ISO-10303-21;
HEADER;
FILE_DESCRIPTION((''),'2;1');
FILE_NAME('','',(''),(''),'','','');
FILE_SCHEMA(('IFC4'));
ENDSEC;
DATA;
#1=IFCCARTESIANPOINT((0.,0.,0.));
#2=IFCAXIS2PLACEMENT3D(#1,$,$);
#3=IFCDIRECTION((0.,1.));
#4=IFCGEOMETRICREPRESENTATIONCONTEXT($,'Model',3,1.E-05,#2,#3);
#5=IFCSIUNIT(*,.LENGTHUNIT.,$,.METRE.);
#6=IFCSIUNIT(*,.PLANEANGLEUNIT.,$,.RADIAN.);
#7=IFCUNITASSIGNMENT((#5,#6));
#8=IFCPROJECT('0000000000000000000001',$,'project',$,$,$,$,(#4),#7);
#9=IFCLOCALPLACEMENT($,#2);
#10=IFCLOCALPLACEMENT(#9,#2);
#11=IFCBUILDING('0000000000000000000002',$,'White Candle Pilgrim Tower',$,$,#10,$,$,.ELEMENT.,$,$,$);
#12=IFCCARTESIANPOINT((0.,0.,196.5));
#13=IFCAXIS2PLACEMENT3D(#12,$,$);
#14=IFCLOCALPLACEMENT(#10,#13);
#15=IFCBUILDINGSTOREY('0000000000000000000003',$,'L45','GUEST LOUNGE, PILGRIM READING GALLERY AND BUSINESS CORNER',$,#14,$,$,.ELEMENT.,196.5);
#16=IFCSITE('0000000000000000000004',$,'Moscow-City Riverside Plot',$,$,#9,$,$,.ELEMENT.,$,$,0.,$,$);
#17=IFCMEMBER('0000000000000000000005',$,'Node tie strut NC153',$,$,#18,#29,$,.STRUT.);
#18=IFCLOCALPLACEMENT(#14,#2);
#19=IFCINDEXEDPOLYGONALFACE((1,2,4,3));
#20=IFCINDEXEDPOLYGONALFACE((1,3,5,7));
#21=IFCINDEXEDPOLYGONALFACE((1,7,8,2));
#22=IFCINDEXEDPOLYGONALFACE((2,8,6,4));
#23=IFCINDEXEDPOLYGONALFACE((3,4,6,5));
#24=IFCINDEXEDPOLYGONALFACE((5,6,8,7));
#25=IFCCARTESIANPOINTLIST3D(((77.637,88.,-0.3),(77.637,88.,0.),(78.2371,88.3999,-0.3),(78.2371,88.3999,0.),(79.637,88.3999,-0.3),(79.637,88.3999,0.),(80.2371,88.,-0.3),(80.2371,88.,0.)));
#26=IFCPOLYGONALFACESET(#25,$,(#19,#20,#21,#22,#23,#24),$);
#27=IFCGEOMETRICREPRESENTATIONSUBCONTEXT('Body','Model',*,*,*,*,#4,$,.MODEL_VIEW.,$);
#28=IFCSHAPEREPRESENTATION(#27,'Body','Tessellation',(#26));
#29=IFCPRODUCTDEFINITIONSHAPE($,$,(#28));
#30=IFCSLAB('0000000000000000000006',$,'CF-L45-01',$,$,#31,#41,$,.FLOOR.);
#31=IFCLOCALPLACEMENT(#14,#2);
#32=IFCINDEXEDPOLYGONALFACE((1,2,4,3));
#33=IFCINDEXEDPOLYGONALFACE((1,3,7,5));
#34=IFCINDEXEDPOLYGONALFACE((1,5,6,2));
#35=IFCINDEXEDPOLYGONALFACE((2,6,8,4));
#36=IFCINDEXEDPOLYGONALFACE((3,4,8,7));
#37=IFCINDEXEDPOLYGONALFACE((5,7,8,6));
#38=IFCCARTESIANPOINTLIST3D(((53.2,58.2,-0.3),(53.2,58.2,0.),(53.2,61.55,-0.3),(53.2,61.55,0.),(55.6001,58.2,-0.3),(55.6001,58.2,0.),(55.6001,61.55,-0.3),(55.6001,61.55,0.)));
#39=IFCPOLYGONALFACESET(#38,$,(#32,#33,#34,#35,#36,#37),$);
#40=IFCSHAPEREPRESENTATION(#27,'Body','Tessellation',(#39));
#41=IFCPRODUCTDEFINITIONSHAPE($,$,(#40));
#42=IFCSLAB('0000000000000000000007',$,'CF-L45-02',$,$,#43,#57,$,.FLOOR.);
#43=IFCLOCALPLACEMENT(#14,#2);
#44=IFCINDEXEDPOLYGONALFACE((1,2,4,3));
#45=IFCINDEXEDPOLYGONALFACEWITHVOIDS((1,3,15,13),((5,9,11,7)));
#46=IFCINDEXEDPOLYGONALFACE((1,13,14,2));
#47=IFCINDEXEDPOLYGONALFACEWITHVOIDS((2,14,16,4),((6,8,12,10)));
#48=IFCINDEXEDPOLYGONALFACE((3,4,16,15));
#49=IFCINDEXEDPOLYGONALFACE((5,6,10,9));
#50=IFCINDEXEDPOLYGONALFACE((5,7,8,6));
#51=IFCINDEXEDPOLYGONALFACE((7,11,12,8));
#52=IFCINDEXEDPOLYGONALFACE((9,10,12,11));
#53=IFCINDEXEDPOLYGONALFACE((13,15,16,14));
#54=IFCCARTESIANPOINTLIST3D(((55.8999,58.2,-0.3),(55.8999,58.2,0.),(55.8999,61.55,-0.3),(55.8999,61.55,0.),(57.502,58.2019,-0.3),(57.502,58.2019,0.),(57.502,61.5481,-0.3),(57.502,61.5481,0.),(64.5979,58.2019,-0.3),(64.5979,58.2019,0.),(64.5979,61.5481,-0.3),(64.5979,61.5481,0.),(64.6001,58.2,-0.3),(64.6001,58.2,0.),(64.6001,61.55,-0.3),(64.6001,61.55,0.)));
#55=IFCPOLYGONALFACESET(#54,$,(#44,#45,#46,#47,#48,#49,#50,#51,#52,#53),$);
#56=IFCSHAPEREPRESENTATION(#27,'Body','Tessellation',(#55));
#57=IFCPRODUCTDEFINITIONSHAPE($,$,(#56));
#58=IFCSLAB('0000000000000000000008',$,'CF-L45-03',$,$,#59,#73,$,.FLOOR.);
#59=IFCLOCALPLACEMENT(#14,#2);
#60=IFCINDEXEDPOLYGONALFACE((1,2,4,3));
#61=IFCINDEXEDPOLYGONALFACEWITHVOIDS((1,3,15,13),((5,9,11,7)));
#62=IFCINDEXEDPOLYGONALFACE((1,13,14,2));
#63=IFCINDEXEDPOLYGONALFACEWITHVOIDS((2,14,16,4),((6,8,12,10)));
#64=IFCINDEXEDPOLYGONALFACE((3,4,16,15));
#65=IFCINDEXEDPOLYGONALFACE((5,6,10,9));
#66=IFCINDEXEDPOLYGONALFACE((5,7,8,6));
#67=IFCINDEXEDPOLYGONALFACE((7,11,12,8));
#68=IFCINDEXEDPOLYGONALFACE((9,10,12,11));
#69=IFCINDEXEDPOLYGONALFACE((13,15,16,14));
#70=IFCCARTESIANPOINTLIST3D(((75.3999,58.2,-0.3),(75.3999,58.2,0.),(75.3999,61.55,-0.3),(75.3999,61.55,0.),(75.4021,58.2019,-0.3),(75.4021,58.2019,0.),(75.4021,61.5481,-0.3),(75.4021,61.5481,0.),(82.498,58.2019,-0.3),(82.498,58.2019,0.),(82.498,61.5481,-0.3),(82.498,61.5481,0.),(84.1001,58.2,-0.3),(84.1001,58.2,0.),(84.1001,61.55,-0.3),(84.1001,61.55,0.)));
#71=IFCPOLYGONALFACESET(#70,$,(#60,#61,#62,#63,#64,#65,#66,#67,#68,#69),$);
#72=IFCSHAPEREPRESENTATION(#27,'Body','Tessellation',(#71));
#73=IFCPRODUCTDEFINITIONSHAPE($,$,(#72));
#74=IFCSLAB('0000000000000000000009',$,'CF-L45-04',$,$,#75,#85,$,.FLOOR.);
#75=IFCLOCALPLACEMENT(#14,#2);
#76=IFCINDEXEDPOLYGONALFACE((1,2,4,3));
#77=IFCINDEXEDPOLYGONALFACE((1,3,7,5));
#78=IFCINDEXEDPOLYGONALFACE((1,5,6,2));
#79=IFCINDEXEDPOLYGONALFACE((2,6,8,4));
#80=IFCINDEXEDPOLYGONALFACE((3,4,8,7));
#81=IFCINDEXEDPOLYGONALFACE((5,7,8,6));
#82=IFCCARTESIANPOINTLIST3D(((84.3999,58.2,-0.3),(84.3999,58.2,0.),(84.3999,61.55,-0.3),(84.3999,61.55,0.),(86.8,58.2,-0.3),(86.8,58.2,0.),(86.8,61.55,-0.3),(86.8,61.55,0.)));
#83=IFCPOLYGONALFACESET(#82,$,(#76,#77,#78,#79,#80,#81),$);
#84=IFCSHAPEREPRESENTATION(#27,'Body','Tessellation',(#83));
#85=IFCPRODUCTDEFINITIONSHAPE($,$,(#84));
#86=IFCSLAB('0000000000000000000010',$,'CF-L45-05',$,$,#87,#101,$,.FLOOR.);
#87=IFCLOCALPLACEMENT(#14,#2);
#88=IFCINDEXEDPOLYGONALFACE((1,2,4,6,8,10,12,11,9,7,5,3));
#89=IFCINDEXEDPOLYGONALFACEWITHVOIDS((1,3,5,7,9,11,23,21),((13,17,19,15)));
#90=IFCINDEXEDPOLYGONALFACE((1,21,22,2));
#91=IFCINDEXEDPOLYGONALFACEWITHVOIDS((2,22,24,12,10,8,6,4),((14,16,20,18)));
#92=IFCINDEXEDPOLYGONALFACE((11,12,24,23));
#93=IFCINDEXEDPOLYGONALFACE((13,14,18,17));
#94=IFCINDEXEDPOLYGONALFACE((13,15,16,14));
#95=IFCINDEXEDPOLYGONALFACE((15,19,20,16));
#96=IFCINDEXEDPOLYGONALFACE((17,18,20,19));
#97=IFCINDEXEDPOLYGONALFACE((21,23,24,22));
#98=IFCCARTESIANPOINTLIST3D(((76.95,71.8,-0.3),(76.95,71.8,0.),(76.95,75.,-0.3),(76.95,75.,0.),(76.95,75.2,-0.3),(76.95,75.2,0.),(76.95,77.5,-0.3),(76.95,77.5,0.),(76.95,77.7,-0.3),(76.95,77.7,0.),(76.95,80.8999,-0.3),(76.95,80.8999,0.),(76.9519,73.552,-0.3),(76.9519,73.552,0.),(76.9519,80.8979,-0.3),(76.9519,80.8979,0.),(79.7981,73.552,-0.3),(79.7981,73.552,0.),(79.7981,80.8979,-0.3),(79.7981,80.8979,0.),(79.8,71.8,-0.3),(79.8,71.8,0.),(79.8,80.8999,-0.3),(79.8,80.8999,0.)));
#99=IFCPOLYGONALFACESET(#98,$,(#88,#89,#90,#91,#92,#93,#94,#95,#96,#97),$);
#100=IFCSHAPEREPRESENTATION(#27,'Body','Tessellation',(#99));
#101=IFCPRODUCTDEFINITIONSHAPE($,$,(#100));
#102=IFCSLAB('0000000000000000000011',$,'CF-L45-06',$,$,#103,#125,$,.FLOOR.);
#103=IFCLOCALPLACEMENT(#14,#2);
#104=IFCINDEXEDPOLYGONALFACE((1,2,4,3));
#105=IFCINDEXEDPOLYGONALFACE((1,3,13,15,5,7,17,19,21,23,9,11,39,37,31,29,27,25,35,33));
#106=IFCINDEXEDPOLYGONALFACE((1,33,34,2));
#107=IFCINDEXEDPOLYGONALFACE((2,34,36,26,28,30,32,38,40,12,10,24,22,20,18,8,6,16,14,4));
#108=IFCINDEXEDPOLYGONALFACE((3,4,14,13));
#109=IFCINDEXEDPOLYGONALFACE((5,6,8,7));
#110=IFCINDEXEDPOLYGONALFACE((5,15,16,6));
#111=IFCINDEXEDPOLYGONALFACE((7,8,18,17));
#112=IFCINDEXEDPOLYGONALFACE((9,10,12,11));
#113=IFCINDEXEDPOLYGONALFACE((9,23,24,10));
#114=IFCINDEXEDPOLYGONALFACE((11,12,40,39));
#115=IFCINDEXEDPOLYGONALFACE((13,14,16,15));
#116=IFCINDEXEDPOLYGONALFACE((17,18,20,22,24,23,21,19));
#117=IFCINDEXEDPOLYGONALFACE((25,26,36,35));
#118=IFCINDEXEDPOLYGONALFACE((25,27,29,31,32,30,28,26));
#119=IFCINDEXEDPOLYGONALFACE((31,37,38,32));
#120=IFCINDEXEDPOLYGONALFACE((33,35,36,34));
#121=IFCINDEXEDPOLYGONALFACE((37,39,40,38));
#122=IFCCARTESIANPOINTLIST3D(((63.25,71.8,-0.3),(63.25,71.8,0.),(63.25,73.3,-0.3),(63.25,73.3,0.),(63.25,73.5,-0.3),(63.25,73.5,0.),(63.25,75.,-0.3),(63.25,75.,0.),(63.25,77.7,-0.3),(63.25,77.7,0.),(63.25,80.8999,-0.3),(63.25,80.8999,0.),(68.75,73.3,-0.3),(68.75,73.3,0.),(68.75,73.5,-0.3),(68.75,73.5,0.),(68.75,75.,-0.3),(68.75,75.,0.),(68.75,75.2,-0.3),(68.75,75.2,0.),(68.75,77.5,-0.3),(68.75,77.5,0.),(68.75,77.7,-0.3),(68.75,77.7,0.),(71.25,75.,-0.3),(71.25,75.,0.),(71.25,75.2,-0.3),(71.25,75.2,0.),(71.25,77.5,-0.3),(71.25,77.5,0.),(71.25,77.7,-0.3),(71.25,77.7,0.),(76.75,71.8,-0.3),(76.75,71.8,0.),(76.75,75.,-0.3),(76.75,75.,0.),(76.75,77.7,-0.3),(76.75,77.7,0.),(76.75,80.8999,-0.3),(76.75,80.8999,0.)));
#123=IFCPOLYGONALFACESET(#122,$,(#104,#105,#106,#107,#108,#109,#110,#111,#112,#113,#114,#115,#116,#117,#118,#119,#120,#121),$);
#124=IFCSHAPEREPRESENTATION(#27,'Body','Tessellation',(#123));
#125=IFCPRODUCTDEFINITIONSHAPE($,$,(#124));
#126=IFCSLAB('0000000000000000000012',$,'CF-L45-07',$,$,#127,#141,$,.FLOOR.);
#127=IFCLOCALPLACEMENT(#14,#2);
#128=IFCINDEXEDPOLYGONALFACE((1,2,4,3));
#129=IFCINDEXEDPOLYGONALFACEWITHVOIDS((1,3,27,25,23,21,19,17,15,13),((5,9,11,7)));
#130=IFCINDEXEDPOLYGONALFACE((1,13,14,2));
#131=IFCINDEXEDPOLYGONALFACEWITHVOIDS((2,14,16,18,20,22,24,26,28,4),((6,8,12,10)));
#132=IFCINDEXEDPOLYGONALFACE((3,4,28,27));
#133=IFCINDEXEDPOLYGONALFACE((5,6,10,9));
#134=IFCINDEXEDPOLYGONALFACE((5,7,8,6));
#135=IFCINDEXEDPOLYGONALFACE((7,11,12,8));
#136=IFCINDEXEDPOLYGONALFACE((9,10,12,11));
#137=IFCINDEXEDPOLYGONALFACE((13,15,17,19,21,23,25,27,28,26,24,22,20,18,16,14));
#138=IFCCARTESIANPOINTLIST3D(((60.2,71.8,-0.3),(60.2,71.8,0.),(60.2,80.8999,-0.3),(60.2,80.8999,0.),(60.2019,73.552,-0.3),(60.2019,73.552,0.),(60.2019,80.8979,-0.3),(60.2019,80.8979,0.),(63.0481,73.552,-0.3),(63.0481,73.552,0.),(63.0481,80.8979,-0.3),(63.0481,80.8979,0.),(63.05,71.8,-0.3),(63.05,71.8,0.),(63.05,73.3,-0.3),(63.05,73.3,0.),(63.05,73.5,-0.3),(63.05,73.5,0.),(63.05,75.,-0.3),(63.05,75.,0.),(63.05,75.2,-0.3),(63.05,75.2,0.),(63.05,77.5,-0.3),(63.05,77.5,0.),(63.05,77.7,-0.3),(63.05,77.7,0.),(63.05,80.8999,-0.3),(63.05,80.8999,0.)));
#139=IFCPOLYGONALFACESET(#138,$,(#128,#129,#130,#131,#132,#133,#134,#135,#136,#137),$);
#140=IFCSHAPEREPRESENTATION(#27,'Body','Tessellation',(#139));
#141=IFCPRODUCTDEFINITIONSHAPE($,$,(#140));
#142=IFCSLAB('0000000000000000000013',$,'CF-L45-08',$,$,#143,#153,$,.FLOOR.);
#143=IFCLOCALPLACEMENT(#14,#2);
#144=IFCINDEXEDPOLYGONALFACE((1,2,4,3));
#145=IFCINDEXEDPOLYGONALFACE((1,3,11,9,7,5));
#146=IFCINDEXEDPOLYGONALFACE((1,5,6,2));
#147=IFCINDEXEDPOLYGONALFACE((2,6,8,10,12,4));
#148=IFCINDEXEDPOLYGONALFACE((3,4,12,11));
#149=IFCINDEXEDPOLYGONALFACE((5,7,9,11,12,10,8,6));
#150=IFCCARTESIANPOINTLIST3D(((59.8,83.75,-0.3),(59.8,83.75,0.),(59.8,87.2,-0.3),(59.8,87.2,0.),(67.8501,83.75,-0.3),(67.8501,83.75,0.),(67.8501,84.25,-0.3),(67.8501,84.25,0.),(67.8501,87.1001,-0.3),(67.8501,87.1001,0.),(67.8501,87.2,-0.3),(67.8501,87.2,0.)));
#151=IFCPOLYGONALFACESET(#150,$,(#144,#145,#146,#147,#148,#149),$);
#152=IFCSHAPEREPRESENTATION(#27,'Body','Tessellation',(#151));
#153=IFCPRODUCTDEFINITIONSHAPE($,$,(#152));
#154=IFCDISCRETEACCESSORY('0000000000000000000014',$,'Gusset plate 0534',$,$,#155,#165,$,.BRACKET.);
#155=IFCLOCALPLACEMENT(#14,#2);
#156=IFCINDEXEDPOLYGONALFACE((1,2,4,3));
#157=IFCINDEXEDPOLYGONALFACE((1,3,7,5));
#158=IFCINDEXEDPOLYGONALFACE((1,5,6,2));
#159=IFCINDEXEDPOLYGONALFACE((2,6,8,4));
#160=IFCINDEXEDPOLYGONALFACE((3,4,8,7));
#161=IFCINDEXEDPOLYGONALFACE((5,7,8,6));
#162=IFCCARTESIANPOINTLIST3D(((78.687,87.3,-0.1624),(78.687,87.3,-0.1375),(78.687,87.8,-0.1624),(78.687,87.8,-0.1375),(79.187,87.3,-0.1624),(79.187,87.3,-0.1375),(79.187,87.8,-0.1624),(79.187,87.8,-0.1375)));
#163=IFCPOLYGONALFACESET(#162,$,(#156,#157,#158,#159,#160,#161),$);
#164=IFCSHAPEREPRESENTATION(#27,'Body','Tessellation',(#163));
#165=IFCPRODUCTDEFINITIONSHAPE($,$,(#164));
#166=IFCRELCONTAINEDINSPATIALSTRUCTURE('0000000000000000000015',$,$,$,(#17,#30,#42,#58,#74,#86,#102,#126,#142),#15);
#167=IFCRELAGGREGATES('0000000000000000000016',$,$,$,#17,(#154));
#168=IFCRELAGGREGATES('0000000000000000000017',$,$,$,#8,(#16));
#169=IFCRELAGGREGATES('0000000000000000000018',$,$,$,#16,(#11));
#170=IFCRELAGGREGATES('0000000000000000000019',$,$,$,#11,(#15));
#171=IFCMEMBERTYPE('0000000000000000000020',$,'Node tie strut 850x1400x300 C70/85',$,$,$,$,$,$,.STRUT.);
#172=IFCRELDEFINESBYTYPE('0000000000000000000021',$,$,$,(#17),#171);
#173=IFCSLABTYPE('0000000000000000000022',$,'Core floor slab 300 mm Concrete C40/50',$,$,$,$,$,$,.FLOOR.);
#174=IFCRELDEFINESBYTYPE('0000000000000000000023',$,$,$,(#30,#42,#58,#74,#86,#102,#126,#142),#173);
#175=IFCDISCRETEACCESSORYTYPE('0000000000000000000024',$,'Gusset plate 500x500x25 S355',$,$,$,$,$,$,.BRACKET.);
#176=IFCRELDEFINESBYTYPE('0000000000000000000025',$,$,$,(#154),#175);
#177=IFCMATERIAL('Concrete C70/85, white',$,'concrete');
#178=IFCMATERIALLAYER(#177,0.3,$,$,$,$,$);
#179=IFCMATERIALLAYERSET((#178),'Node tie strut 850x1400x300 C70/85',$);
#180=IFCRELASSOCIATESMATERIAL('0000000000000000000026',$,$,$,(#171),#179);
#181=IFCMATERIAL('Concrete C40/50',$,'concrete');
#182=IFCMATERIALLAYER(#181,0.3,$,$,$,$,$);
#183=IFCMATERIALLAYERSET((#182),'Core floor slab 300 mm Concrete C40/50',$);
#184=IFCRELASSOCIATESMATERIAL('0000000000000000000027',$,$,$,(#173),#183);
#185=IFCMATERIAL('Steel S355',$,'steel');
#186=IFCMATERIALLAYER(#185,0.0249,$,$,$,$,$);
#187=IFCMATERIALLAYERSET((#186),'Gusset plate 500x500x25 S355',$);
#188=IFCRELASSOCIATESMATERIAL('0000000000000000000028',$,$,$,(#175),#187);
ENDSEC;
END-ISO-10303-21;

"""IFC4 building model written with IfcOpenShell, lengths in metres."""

from ifc_helpers import new_model, si_unit, direction, frame, origin, origin_2d, place, context, subcontext, project, spatial, polyline, rectangle, outline, extrude, material, layer, layer_set, type_object, element, aggregate, save


model = new_model("IFC4")

# Units and contexts
model_context = context("Model", 3, precision=1e-05, world=origin(), true_north=direction((0.0, 1.0)))
body_context = subcontext(model_context, "Body", "Model", "MODEL_VIEW")
ifc_project = project(units=[si_unit("LENGTHUNIT", "METRE"), si_unit("PLANEANGLEUNIT", "RADIAN")], contexts=[model_context])

# Site, building, storey
site_placement = place(None, origin())
site = spatial("IfcSite", under=ifc_project, at=site_placement, Name="Moscow-City Riverside Plot", CompositionType="ELEMENT", RefElevation=0.0)
building_placement = place(site_placement, origin())
building = spatial("IfcBuilding", under=site, at=building_placement, Name="White Candle Pilgrim Tower", CompositionType="ELEMENT")
storey_placement = place(building_placement, frame((0.0, 0.0, 196.5)))
storey = spatial("IfcBuildingStorey", under=building, at=storey_placement, Name="L45", Description="GUEST LOUNGE, PILGRIM READING GALLERY AND BUSINESS CORNER", CompositionType="ELEMENT", Elevation=196.5)

# Member
ifc_material_1 = material(Name="Concrete C70/85, white", Category="concrete")
ifc_layer_1 = layer(ifc_material_1, 0.3)
ifc_layer_set_1 = layer_set([ifc_layer_1], Name="Node tie strut 850x1400x300 C70/85")
member_type_1 = type_object("IfcMemberType", Name="Node tie strut 850x1400x300 C70/85", PredefinedType="STRUT", material=ifc_layer_set_1)
member_1_placement = place(storey_placement, frame((0.0, 0.0, -0.3)))
member_1 = element("IfcMember", 1, at=member_1_placement, inside=storey, type_object=member_type_1, Name="Node tie strut NC153", PredefinedType="STRUT", context=body_context, shape_type="SweptSolid", body=[
    extrude(outline(polyline([(77.637, 88.0), (80.2371, 88.0), (79.637, 88.3999), (78.2371, 88.3999), (77.637, 88.0)])), origin(), (0.0, 0.0, 1.0), 0.3),
])

# Slabs
ifc_material_2 = material(Name="Concrete C40/50", Category="concrete")
ifc_layer_2 = layer(ifc_material_2, 0.3)
ifc_layer_set_2 = layer_set([ifc_layer_2], Name="Core floor slab 300 mm Concrete C40/50")
slab_type_1 = type_object("IfcSlabType", Name="Core floor slab 300 mm Concrete C40/50", PredefinedType="FLOOR", material=ifc_layer_set_2)
slab_1_placement = place(storey_placement, frame((0.0, 0.0, -0.3)))
element("IfcSlab", 2, at=slab_1_placement, inside=storey, type_object=slab_type_1, Name="CF-L45-01", PredefinedType="FLOOR", context=body_context, shape_type="SweptSolid", body=[
    extrude(outline(polyline([(55.6001, 58.2), (53.2, 58.2), (53.2, 61.55), (55.6001, 61.55), (55.6001, 58.2)])), origin(), (0.0, 0.0, 1.0), 0.3),
])
slab_2_placement = place(storey_placement, frame((0.0, 0.0, -0.3)))
element("IfcSlab", 3, at=slab_2_placement, inside=storey, type_object=slab_type_1, Name="CF-L45-02", PredefinedType="FLOOR", context=body_context, shape_type="SweptSolid", body=[
    extrude(outline(polyline([(55.8999, 58.2), (55.8999, 61.55), (64.6001, 61.55), (64.6001, 58.2), (55.8999, 58.2)]), holes=[polyline([(57.502, 61.5481), (57.502, 58.2019), (64.5979, 58.2019), (64.5979, 61.5481), (57.502, 61.5481)])]), origin(), (0.0, 0.0, 1.0), 0.3),
])
slab_3_placement = place(storey_placement, frame((0.0, 0.0, -0.3)))
element("IfcSlab", 4, at=slab_3_placement, inside=storey, type_object=slab_type_1, Name="CF-L45-03", PredefinedType="FLOOR", context=body_context, shape_type="SweptSolid", body=[
    extrude(outline(polyline([(75.3999, 58.2), (75.3999, 61.55), (84.1001, 61.55), (84.1001, 58.2), (75.3999, 58.2)]), holes=[polyline([(82.498, 58.2019), (82.498, 61.5481), (75.4021, 61.5481), (75.4021, 58.2019), (82.498, 58.2019)])]), origin(), (0.0, 0.0, 1.0), 0.3),
])
slab_4_placement = place(storey_placement, frame((0.0, 0.0, -0.3)))
element("IfcSlab", 5, at=slab_4_placement, inside=storey, type_object=slab_type_1, Name="CF-L45-04", PredefinedType="FLOOR", context=body_context, shape_type="SweptSolid", body=[
    extrude(outline(polyline([(86.8, 58.2), (84.3999, 58.2), (84.3999, 61.55), (86.8, 61.55), (86.8, 58.2)])), origin(), (0.0, 0.0, 1.0), 0.3),
])
slab_5_placement = place(storey_placement, frame((0.0, 0.0, -0.3)))
element("IfcSlab", 6, at=slab_5_placement, inside=storey, type_object=slab_type_1, Name="CF-L45-05", PredefinedType="FLOOR", context=body_context, shape_type="SweptSolid", body=[
    extrude(outline(polyline([(76.95, 71.8), (76.95, 75.0), (76.95, 75.2), (76.95, 77.5), (76.95, 77.7), (76.95, 80.8999), (79.8, 80.8999), (79.8, 71.8), (76.95, 71.8)]), holes=[polyline([(76.9519, 73.552), (79.7981, 73.552), (79.7981, 80.8979), (76.9519, 80.8979), (76.9519, 73.552)])]), origin(), (0.0, 0.0, 1.0), 0.3),
])
slab_6_placement = place(storey_placement, frame((0.0, 0.0, -0.3)))
element("IfcSlab", 7, at=slab_6_placement, inside=storey, type_object=slab_type_1, Name="CF-L45-06", PredefinedType="FLOOR", context=body_context, shape_type="SweptSolid", body=[
    extrude(outline(polyline([(63.25, 71.8), (63.25, 73.3), (68.75, 73.3), (68.75, 73.5), (63.25, 73.5), (63.25, 75.0), (68.75, 75.0), (68.75, 75.2), (68.75, 77.5), (68.75, 77.7), (63.25, 77.7), (63.25, 80.8999), (76.75, 80.8999), (76.75, 77.7), (71.25, 77.7), (71.25, 77.5), (71.25, 75.2), (71.25, 75.0), (76.75, 75.0), (76.75, 71.8), (63.25, 71.8)])), origin(), (0.0, 0.0, 1.0), 0.3),
])
slab_7_placement = place(storey_placement, frame((0.0, 0.0, -0.3)))
element("IfcSlab", 8, at=slab_7_placement, inside=storey, type_object=slab_type_1, Name="CF-L45-07", PredefinedType="FLOOR", context=body_context, shape_type="SweptSolid", body=[
    extrude(outline(polyline([(60.2, 71.8), (60.2, 80.8999), (63.05, 80.8999), (63.05, 77.7), (63.05, 77.5), (63.05, 75.2), (63.05, 75.0), (63.05, 73.5), (63.05, 73.3), (63.05, 71.8), (60.2, 71.8)]), holes=[polyline([(60.2019, 73.552), (63.0481, 73.552), (63.0481, 80.8979), (60.2019, 80.8979), (60.2019, 73.552)])]), origin(), (0.0, 0.0, 1.0), 0.3),
])
slab_8_placement = place(storey_placement, frame((0.0, 0.0, -0.3)))
element("IfcSlab", 9, at=slab_8_placement, inside=storey, type_object=slab_type_1, Name="CF-L45-08", PredefinedType="FLOOR", context=body_context, shape_type="SweptSolid", body=[
    extrude(outline(polyline([(59.8, 87.2), (67.8501, 87.2), (67.8501, 87.1001), (67.8501, 84.25), (67.8501, 83.75), (59.8, 83.75), (59.8, 87.2)])), origin(), (0.0, 0.0, 1.0), 0.3),
])

# Discrete accessory
ifc_material_3 = material(Name="Steel S355", Category="steel")
ifc_layer_3 = layer(ifc_material_3, 0.0249)
ifc_layer_set_3 = layer_set([ifc_layer_3], Name="Gusset plate 500x500x25 S355")
discrete_accessory_type = type_object("IfcDiscreteAccessoryType", Name="Gusset plate 500x500x25 S355", PredefinedType="BRACKET", material=ifc_layer_set_3)
discrete_accessory_1_placement = place(storey_placement, frame((78.937, 87.55, -0.1624), z_axis=(0.0, 0.0, 1.0), x_axis=(1.0, 0.0, 0.0)))
discrete_accessory_1 = element("IfcDiscreteAccessory", 10, at=discrete_accessory_1_placement, type_object=discrete_accessory_type, Name="Gusset plate 0534", PredefinedType="BRACKET", context=body_context, shape_type="SweptSolid", body=[
    extrude(rectangle(XDim=0.5, YDim=0.5, at=origin_2d()), origin(), (0.0, 0.0, 1.0), 0.0249),
])
aggregate(member_1, [discrete_accessory_1])

save(model, "model.ifc")
